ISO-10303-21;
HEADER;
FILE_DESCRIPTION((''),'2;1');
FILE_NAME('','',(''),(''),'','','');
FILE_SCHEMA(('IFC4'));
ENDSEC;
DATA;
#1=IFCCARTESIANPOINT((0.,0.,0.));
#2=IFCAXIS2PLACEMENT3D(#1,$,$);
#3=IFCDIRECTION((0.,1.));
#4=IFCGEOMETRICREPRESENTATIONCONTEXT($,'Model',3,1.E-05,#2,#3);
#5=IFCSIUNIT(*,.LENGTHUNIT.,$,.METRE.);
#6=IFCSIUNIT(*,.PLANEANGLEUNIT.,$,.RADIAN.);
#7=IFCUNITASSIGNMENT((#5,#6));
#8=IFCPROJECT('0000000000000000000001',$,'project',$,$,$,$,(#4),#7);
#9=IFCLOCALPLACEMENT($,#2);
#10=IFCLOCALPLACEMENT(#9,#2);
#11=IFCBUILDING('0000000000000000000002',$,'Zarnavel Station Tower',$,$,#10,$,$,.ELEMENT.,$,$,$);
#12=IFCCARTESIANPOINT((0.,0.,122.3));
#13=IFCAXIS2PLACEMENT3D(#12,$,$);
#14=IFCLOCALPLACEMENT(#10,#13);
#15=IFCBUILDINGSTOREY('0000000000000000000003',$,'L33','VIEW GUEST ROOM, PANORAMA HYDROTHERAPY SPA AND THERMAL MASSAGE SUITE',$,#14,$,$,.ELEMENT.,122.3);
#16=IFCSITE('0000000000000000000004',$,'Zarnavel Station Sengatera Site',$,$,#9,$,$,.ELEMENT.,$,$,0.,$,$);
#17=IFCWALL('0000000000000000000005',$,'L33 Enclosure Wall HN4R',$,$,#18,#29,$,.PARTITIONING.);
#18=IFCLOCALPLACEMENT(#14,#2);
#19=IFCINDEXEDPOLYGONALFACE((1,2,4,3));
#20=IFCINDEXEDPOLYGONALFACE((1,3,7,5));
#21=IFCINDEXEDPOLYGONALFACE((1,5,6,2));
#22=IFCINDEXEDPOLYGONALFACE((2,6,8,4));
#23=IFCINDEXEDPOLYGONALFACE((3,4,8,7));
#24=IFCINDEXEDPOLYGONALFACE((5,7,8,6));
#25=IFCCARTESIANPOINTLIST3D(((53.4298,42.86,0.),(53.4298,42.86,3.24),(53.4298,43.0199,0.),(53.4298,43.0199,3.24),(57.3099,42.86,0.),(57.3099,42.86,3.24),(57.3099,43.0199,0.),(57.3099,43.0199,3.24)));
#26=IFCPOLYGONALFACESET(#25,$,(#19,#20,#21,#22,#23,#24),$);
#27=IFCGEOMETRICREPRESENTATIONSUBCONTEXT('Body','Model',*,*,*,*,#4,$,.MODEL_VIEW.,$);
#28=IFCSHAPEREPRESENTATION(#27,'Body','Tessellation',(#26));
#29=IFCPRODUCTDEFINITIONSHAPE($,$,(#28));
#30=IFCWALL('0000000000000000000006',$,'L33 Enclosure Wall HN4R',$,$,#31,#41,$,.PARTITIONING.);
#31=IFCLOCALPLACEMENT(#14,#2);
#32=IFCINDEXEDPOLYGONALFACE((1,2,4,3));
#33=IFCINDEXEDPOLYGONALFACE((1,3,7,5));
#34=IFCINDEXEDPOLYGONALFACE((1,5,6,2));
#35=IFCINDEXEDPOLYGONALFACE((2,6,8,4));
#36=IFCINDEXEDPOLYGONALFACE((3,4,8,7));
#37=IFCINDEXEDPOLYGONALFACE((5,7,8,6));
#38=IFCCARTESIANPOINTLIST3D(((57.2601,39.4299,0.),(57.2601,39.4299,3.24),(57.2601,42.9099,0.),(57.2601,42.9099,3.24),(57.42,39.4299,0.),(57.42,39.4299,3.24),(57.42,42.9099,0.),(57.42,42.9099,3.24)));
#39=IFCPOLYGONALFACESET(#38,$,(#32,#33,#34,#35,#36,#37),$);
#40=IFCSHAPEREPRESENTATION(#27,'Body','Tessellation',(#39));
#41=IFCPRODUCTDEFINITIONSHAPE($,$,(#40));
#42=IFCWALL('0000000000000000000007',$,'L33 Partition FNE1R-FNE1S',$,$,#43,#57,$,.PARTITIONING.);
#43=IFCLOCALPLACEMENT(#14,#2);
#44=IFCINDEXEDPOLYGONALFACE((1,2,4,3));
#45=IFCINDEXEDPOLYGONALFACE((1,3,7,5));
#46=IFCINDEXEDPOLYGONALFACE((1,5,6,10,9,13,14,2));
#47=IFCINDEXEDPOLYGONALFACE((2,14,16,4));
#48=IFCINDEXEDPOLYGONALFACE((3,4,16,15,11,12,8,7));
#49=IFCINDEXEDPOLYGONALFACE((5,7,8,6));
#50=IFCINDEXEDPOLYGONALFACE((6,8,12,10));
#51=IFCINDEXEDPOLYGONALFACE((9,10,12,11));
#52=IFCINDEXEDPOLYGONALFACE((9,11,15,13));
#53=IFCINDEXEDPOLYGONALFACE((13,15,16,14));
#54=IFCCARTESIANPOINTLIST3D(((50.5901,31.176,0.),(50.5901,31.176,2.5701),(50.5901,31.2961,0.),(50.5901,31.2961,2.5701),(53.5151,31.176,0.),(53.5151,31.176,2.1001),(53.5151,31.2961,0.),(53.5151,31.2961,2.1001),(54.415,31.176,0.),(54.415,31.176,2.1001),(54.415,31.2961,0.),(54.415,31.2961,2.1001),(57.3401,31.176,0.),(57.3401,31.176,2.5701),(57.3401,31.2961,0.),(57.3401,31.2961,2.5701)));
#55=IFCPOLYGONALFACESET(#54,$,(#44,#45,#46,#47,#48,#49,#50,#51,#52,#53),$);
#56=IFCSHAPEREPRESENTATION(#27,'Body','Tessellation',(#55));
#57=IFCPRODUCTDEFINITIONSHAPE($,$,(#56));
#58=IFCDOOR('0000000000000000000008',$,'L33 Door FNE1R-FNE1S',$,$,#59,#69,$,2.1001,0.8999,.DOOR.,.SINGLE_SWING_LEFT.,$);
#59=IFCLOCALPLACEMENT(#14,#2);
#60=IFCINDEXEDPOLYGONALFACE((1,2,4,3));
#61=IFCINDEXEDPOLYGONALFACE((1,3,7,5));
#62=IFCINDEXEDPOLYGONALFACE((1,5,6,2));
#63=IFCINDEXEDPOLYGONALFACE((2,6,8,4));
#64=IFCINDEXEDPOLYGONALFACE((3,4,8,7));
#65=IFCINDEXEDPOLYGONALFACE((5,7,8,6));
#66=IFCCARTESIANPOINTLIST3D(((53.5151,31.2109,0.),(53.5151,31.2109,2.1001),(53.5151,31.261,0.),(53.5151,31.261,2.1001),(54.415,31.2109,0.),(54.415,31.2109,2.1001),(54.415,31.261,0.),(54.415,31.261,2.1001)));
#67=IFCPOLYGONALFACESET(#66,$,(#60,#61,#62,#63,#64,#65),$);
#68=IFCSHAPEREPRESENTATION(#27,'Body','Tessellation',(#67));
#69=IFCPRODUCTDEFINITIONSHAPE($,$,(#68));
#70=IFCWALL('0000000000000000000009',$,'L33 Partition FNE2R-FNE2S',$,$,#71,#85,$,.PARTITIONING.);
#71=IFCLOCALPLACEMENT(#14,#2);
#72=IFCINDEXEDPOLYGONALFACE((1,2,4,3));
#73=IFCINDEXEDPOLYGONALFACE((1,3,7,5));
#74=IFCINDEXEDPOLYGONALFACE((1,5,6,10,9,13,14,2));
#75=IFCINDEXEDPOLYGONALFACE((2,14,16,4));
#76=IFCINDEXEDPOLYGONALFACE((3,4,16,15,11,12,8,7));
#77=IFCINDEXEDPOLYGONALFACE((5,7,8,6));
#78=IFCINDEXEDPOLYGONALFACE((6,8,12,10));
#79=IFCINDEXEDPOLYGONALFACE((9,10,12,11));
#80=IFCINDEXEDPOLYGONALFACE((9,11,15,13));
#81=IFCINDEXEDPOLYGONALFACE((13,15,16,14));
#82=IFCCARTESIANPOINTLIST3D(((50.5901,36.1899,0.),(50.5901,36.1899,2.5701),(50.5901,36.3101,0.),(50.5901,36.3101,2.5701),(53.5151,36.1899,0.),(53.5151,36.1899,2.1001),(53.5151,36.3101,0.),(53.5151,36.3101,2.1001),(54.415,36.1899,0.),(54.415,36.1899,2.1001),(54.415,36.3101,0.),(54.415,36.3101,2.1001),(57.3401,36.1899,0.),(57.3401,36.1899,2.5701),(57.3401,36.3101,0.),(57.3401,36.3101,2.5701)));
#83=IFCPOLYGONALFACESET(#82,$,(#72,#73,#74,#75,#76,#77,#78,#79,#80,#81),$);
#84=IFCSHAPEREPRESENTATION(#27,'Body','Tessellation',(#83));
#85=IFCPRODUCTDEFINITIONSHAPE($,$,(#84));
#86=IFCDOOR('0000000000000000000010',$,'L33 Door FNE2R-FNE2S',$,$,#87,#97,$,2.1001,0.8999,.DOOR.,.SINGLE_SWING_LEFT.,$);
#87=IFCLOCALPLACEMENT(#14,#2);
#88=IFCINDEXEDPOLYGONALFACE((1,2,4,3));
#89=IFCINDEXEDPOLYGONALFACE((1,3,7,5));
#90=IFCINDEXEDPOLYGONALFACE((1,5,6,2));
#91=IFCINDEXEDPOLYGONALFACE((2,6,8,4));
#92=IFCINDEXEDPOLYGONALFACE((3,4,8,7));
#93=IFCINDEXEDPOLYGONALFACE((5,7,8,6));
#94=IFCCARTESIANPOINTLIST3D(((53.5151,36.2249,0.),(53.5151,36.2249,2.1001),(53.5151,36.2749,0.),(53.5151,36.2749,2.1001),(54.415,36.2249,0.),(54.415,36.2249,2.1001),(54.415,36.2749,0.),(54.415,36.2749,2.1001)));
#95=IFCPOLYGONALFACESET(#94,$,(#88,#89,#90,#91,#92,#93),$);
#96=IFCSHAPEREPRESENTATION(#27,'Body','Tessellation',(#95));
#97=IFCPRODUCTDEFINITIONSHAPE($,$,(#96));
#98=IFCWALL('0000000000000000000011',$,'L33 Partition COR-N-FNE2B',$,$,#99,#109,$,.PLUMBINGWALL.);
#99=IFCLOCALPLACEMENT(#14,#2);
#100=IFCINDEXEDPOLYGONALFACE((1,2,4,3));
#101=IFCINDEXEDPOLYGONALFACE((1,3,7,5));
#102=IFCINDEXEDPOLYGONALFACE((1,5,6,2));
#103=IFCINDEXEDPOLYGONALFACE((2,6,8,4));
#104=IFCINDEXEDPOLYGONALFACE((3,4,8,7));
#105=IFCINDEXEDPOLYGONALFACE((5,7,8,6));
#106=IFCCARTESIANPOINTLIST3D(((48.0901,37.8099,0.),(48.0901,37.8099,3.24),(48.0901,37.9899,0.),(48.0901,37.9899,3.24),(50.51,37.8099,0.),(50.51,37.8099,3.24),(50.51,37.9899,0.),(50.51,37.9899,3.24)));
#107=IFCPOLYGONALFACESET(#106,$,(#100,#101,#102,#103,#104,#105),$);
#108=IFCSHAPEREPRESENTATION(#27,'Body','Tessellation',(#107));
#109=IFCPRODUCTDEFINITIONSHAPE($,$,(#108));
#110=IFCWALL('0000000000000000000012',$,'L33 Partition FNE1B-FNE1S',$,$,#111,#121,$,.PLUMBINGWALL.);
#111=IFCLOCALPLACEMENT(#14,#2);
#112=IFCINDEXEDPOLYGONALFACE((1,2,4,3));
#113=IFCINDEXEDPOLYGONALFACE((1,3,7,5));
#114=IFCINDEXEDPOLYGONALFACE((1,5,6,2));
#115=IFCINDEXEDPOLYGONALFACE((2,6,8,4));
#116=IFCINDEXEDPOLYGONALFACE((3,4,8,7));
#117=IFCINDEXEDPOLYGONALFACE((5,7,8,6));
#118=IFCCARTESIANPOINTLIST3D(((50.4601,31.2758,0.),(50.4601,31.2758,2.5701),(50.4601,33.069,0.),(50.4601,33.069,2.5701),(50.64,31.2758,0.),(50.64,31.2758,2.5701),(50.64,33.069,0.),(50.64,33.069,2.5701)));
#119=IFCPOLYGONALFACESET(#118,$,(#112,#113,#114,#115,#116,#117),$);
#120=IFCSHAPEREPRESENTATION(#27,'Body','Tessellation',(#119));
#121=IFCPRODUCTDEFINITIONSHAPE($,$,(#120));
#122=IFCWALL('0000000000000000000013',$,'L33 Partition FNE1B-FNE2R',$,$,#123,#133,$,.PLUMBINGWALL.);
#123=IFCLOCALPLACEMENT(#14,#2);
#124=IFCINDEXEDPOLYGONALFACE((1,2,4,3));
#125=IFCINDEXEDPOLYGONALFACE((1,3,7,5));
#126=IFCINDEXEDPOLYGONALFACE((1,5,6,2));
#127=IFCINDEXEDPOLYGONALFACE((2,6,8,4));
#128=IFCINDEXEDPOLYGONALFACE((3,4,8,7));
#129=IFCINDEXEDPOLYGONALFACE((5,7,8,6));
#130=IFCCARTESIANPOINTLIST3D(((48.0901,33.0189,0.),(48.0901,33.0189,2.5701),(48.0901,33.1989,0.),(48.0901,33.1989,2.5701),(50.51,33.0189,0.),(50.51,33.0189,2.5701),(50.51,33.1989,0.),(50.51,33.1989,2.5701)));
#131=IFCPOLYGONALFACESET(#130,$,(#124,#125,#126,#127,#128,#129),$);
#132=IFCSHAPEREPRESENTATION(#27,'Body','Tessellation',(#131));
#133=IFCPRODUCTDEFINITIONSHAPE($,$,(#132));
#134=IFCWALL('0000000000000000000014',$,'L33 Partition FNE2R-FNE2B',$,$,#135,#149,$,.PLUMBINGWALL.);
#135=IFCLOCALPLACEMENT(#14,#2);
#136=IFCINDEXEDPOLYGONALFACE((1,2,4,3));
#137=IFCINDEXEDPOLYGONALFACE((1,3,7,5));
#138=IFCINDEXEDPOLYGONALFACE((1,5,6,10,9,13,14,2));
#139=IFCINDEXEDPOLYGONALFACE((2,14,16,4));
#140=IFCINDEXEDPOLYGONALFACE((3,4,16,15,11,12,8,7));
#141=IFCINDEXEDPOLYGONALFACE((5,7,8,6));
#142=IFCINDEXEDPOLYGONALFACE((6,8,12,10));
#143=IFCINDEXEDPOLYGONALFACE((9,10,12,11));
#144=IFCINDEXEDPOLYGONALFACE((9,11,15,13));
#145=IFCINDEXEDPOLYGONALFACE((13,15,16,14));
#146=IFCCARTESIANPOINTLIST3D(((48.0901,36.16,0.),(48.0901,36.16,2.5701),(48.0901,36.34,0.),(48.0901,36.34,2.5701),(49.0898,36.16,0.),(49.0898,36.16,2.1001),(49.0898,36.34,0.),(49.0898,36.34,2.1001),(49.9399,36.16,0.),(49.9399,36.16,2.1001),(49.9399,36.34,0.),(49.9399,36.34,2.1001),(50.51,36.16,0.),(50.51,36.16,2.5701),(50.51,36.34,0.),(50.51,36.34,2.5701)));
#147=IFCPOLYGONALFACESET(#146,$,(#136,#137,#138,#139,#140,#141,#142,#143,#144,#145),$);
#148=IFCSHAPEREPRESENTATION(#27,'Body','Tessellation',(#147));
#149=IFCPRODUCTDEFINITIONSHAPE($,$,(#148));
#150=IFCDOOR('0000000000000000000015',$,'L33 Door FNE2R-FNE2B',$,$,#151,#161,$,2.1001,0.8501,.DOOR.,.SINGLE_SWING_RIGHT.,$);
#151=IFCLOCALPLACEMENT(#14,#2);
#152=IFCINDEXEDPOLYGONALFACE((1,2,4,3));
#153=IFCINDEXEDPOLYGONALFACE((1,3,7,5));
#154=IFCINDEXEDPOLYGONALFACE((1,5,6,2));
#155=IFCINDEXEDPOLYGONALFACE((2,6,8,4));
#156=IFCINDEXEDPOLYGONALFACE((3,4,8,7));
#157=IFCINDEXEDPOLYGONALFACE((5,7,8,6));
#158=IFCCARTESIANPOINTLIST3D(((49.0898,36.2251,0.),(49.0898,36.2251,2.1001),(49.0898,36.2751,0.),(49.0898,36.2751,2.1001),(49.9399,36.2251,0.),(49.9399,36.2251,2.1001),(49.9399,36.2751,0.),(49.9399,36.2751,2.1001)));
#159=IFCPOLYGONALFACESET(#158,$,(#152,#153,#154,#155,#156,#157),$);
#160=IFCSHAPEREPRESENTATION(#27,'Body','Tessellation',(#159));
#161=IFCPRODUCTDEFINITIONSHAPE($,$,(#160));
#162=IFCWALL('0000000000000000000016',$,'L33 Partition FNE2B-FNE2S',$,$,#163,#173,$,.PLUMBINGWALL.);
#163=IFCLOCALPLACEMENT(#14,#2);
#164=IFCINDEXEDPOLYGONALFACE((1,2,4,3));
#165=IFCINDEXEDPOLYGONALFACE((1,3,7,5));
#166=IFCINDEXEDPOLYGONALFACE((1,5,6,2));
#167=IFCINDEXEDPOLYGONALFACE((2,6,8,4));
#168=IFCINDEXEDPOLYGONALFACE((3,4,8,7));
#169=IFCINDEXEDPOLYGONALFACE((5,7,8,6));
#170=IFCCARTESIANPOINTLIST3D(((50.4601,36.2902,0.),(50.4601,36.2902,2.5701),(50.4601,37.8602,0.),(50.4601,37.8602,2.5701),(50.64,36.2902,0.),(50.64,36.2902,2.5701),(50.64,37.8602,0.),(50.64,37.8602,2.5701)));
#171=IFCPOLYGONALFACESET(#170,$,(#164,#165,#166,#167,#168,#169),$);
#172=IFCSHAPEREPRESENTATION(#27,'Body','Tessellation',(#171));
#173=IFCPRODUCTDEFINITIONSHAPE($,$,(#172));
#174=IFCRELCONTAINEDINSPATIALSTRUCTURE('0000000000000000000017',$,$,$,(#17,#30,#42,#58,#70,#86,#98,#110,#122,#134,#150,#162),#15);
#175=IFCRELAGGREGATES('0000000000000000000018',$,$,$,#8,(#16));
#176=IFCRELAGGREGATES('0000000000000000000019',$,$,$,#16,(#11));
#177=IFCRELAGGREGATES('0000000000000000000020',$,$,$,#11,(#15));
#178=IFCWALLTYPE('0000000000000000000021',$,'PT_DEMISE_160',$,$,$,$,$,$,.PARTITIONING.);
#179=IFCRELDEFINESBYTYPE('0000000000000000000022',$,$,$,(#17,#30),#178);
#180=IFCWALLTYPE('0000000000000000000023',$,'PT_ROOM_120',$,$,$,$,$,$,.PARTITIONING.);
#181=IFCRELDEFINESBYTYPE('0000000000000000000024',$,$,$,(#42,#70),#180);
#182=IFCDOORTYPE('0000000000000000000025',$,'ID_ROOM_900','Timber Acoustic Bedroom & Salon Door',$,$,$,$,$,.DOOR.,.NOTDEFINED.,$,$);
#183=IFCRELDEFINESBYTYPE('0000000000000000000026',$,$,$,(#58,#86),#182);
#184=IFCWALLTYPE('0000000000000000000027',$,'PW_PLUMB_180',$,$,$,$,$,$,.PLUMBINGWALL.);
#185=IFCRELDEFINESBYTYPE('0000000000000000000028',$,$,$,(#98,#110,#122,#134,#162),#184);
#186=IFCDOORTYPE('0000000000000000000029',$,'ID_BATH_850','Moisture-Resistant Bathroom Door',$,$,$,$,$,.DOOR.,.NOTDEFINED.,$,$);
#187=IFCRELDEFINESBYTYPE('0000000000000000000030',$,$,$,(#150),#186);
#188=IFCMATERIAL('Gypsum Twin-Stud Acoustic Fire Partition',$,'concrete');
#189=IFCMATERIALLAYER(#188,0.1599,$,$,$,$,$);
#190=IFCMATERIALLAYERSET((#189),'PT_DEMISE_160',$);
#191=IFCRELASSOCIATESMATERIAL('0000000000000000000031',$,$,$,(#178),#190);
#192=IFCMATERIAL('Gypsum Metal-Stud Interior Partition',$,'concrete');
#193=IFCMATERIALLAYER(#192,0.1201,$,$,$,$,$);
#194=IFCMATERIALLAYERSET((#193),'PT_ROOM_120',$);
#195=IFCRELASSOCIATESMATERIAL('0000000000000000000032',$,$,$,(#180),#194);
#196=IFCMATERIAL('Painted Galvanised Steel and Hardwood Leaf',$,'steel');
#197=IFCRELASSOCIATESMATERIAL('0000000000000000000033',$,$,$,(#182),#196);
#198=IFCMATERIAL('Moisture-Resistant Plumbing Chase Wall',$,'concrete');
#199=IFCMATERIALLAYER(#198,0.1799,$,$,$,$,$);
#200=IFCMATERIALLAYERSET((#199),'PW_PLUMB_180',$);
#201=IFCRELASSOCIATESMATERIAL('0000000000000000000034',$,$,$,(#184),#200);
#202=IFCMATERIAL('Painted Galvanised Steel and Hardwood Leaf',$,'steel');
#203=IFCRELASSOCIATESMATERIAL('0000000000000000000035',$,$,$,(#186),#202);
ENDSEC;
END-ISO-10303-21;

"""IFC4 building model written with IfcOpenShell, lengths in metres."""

from ifc_helpers import new_model, si_unit, direction, frame, frame_2d, origin, place, context, subcontext, project, spatial, rectangle, extrude, material, layer, layer_set, type_object, element, fill, save


model = new_model("IFC4")

# Units and contexts
model_context = context("Model", 3, precision=1e-05, world=origin(), true_north=direction((0.0, 1.0)))
body_context = subcontext(model_context, "Body", "Model", "MODEL_VIEW")
ifc_project = project(units=[si_unit("LENGTHUNIT", "METRE"), si_unit("PLANEANGLEUNIT", "RADIAN")], contexts=[model_context])

# Site, building, storey
site_placement = place(None, origin())
site = spatial("IfcSite", under=ifc_project, at=site_placement, Name="Zarnavel Station Sengatera Site", CompositionType="ELEMENT", RefElevation=0.0)
building_placement = place(site_placement, origin())
building = spatial("IfcBuilding", under=site, at=building_placement, Name="Zarnavel Station Tower", CompositionType="ELEMENT")
storey_placement = place(building_placement, frame((0.0, 0.0, 122.3)))
storey = spatial("IfcBuildingStorey", under=building, at=storey_placement, Name="L33", Description="VIEW GUEST ROOM, PANORAMA HYDROTHERAPY SPA AND THERMAL MASSAGE SUITE", CompositionType="ELEMENT", Elevation=122.3)

# Walls
ifc_material_1 = material(Name="Gypsum Twin-Stud Acoustic Fire Partition", Category="concrete")
ifc_layer_1 = layer(ifc_material_1, 0.1599)
ifc_layer_set_1 = layer_set([ifc_layer_1], Name="PT_DEMISE_160")
wall_type_1 = type_object("IfcWallType", Name="PT_DEMISE_160", PredefinedType="PARTITIONING", material=ifc_layer_set_1)
wall_1_placement = place(storey_placement, frame((53.4299, 42.9399, 0.0), z_axis=(0.0, 0.0, 1.0), x_axis=(1.0, 0.0, 0.0)))
element("IfcWall", 1, at=wall_1_placement, inside=storey, type_object=wall_type_1, Name="L33 Enclosure Wall HN4R", PredefinedType="PARTITIONING", context=body_context, shape_type="SweptSolid", body=[
    extrude(rectangle(XDim=3.8801, YDim=0.1599, at=frame_2d((1.9399, 0.0))), origin(), (0.0, 0.0, 1.0), 3.24),
])
wall_2_placement = place(storey_placement, frame((57.3401, 39.4299, 0.0), z_axis=(0.0, 0.0, 1.0), x_axis=(0.0, 1.0, 0.0)))
element("IfcWall", 2, at=wall_2_placement, inside=storey, type_object=wall_type_1, Name="L33 Enclosure Wall HN4R", PredefinedType="PARTITIONING", context=body_context, shape_type="SweptSolid", body=[
    extrude(rectangle(XDim=3.48, YDim=0.1599, at=frame_2d((1.74, 0.0))), origin(), (0.0, 0.0, 1.0), 3.24),
])

# Walls, openings, doors
ifc_material_2 = material(Name="Gypsum Metal-Stud Interior Partition", Category="concrete")
ifc_layer_2 = layer(ifc_material_2, 0.1201)
ifc_layer_set_2 = layer_set([ifc_layer_2], Name="PT_ROOM_120")
wall_type_2 = type_object("IfcWallType", Name="PT_ROOM_120", PredefinedType="PARTITIONING", material=ifc_layer_set_2)
wall_3_placement = place(storey_placement, frame((50.5901, 31.2361, 0.0), z_axis=(0.0, 0.0, 1.0), x_axis=(1.0, 0.0, 0.0)))
wall_3 = element("IfcWall", 3, at=wall_3_placement, inside=storey, type_object=wall_type_2, Name="L33 Partition FNE1R-FNE1S", PredefinedType="PARTITIONING", context=body_context, shape_type="SweptSolid", body=[
    extrude(rectangle(XDim=6.75, YDim=0.1201, at=frame_2d((3.375, 0.0))), origin(), (0.0, 0.0, 1.0), 2.5701),
])
opening_1_placement = place(wall_3_placement, frame((2.925, 0.0, 0.0)))
opening_1 = element("IfcOpeningElement", 4, at=opening_1_placement, cuts=wall_3, PredefinedType="OPENING", context=body_context, shape_type="SweptSolid", body=[
    extrude(rectangle(XDim=0.8999, YDim=2.1001, at=frame_2d((0.45, 1.05))), frame((0.0, 0.0701, 0.0), z_axis=(0.0, -1.0, 0.0), x_axis=(1.0, 0.0, 0.0)), (0.0, 0.0, 1.0), 0.1401),
])
ifc_material_3 = material(Name="Painted Galvanised Steel and Hardwood Leaf", Category="steel")
door_type_1 = type_object("IfcDoorType", Name="ID_ROOM_900", Description="Timber Acoustic Bedroom & Salon Door", OperationType="NOTDEFINED", PredefinedType="DOOR", material=ifc_material_3)
door_1_placement = place(opening_1_placement, origin())
door_1 = element("IfcDoor", 5, at=door_1_placement, inside=storey, type_object=door_type_1, Name="L33 Door FNE1R-FNE1S", OperationType="SINGLE_SWING_LEFT", OverallHeight=2.1001, OverallWidth=0.8999, PredefinedType="DOOR", context=body_context, shape_type="SweptSolid", body=[
    extrude(rectangle(XDim=0.8999, YDim=2.1001, at=frame_2d((0.45, 1.05))), frame((0.0, 0.0249, 0.0), z_axis=(0.0, -1.0, 0.0), x_axis=(1.0, 0.0, 0.0)), (0.0, 0.0, 1.0), 0.05),
])
fill(opening_1, door_1)
wall_4_placement = place(storey_placement, frame((50.5901, 36.25, 0.0), z_axis=(0.0, 0.0, 1.0), x_axis=(1.0, 0.0, 0.0)))
wall_4 = element("IfcWall", 6, at=wall_4_placement, inside=storey, type_object=wall_type_2, Name="L33 Partition FNE2R-FNE2S", PredefinedType="PARTITIONING", context=body_context, shape_type="SweptSolid", body=[
    extrude(rectangle(XDim=6.75, YDim=0.1201, at=frame_2d((3.375, 0.0))), origin(), (0.0, 0.0, 1.0), 2.5701),
])
opening_2_placement = place(wall_4_placement, frame((2.925, 0.0, 0.0)))
opening_2 = element("IfcOpeningElement", 7, at=opening_2_placement, cuts=wall_4, PredefinedType="OPENING", context=body_context, shape_type="SweptSolid", body=[
    extrude(rectangle(XDim=0.8999, YDim=2.1001, at=frame_2d((0.45, 1.05))), frame((0.0, 0.0701, 0.0), z_axis=(0.0, -1.0, 0.0), x_axis=(1.0, 0.0, 0.0)), (0.0, 0.0, 1.0), 0.1401),
])
door_2_placement = place(opening_2_placement, origin())
door_2 = element("IfcDoor", 8, at=door_2_placement, inside=storey, type_object=door_type_1, Name="L33 Door FNE2R-FNE2S", OperationType="SINGLE_SWING_LEFT", OverallHeight=2.1001, OverallWidth=0.8999, PredefinedType="DOOR", context=body_context, shape_type="SweptSolid", body=[
    extrude(rectangle(XDim=0.8999, YDim=2.1001, at=frame_2d((0.45, 1.05))), frame((0.0, 0.0249, 0.0), z_axis=(0.0, -1.0, 0.0), x_axis=(1.0, 0.0, 0.0)), (0.0, 0.0, 1.0), 0.05),
])
fill(opening_2, door_2)

# Walls
ifc_material_4 = material(Name="Moisture-Resistant Plumbing Chase Wall", Category="concrete")
ifc_layer_3 = layer(ifc_material_4, 0.1799)
ifc_layer_set_3 = layer_set([ifc_layer_3], Name="PW_PLUMB_180")
wall_type_3 = type_object("IfcWallType", Name="PW_PLUMB_180", PredefinedType="PLUMBINGWALL", material=ifc_layer_set_3)
wall_5_placement = place(storey_placement, frame((48.0901, 37.8999, 0.0), z_axis=(0.0, 0.0, 1.0), x_axis=(1.0, 0.0, 0.0)))
element("IfcWall", 9, at=wall_5_placement, inside=storey, type_object=wall_type_3, Name="L33 Partition COR-N-FNE2B", PredefinedType="PLUMBINGWALL", context=body_context, shape_type="SweptSolid", body=[
    extrude(rectangle(XDim=2.4199, YDim=0.1799, at=frame_2d((1.21, 0.0))), origin(), (0.0, 0.0, 1.0), 3.24),
])
wall_6_placement = place(storey_placement, frame((50.55, 31.2759, 0.0), z_axis=(0.0, 0.0, 1.0), x_axis=(0.0, 1.0, 0.0)))
element("IfcWall", 10, at=wall_6_placement, inside=storey, type_object=wall_type_3, Name="L33 Partition FNE1B-FNE1S", PredefinedType="PLUMBINGWALL", context=body_context, shape_type="SweptSolid", body=[
    extrude(rectangle(XDim=1.7932, YDim=0.1799, at=frame_2d((0.8965, 0.0))), origin(), (0.0, 0.0, 1.0), 2.5701),
])
wall_7_placement = place(storey_placement, frame((48.0901, 33.1089, 0.0), z_axis=(0.0, 0.0, 1.0), x_axis=(1.0, 0.0, 0.0)))
element("IfcWall", 11, at=wall_7_placement, inside=storey, type_object=wall_type_3, Name="L33 Partition FNE1B-FNE2R", PredefinedType="PLUMBINGWALL", context=body_context, shape_type="SweptSolid", body=[
    extrude(rectangle(XDim=2.4199, YDim=0.1799, at=frame_2d((1.21, 0.0))), origin(), (0.0, 0.0, 1.0), 2.5701),
])

# Wall, opening, door
wall_8_placement = place(storey_placement, frame((50.51, 36.25, 0.0), z_axis=(0.0, 0.0, 1.0), x_axis=(-1.0, 0.0, 0.0)))
wall_8 = element("IfcWall", 12, at=wall_8_placement, inside=storey, type_object=wall_type_3, Name="L33 Partition FNE2R-FNE2B", PredefinedType="PLUMBINGWALL", context=body_context, shape_type="SweptSolid", body=[
    extrude(rectangle(XDim=2.4199, YDim=0.1799, at=frame_2d((1.21, 0.0))), origin(), (0.0, 0.0, 1.0), 2.5701),
])
opening_3_placement = place(wall_8_placement, frame((0.5701, 0.0, 0.0)))
opening_3 = element("IfcOpeningElement", 13, at=opening_3_placement, cuts=wall_8, PredefinedType="OPENING", context=body_context, shape_type="SweptSolid", body=[
    extrude(rectangle(XDim=0.8501, YDim=2.1001, at=frame_2d((0.425, 1.05))), frame((0.0, 0.0999, 0.0), z_axis=(0.0, -1.0, 0.0), x_axis=(1.0, 0.0, 0.0)), (0.0, 0.0, 1.0), 0.2),
])
ifc_material_5 = material(Name="Painted Galvanised Steel and Hardwood Leaf", Category="steel")
door_type_2 = type_object("IfcDoorType", Name="ID_BATH_850", Description="Moisture-Resistant Bathroom Door", OperationType="NOTDEFINED", PredefinedType="DOOR", material=ifc_material_5)
door_3_placement = place(opening_3_placement, origin())
door_3 = element("IfcDoor", 14, at=door_3_placement, inside=storey, type_object=door_type_2, Name="L33 Door FNE2R-FNE2B", OperationType="SINGLE_SWING_RIGHT", OverallHeight=2.1001, OverallWidth=0.8501, PredefinedType="DOOR", context=body_context, shape_type="SweptSolid", body=[
    extrude(rectangle(XDim=0.8501, YDim=2.1001, at=frame_2d((0.425, 1.05))), frame((0.0, 0.0249, 0.0), z_axis=(0.0, -1.0, 0.0), x_axis=(1.0, 0.0, 0.0)), (0.0, 0.0, 1.0), 0.05),
])
fill(opening_3, door_3)

# Wall
wall_9_placement = place(storey_placement, frame((50.55, 36.29, 0.0), z_axis=(0.0, 0.0, 1.0), x_axis=(0.0, 1.0, 0.0)))
element("IfcWall", 15, at=wall_9_placement, inside=storey, type_object=wall_type_3, Name="L33 Partition FNE2B-FNE2S", PredefinedType="PLUMBINGWALL", context=body_context, shape_type="SweptSolid", body=[
    extrude(rectangle(XDim=1.5701, YDim=0.1799, at=frame_2d((0.7852, 0.0))), origin(), (0.0, 0.0, 1.0), 2.5701),
])

save(model, "model.ifc")
